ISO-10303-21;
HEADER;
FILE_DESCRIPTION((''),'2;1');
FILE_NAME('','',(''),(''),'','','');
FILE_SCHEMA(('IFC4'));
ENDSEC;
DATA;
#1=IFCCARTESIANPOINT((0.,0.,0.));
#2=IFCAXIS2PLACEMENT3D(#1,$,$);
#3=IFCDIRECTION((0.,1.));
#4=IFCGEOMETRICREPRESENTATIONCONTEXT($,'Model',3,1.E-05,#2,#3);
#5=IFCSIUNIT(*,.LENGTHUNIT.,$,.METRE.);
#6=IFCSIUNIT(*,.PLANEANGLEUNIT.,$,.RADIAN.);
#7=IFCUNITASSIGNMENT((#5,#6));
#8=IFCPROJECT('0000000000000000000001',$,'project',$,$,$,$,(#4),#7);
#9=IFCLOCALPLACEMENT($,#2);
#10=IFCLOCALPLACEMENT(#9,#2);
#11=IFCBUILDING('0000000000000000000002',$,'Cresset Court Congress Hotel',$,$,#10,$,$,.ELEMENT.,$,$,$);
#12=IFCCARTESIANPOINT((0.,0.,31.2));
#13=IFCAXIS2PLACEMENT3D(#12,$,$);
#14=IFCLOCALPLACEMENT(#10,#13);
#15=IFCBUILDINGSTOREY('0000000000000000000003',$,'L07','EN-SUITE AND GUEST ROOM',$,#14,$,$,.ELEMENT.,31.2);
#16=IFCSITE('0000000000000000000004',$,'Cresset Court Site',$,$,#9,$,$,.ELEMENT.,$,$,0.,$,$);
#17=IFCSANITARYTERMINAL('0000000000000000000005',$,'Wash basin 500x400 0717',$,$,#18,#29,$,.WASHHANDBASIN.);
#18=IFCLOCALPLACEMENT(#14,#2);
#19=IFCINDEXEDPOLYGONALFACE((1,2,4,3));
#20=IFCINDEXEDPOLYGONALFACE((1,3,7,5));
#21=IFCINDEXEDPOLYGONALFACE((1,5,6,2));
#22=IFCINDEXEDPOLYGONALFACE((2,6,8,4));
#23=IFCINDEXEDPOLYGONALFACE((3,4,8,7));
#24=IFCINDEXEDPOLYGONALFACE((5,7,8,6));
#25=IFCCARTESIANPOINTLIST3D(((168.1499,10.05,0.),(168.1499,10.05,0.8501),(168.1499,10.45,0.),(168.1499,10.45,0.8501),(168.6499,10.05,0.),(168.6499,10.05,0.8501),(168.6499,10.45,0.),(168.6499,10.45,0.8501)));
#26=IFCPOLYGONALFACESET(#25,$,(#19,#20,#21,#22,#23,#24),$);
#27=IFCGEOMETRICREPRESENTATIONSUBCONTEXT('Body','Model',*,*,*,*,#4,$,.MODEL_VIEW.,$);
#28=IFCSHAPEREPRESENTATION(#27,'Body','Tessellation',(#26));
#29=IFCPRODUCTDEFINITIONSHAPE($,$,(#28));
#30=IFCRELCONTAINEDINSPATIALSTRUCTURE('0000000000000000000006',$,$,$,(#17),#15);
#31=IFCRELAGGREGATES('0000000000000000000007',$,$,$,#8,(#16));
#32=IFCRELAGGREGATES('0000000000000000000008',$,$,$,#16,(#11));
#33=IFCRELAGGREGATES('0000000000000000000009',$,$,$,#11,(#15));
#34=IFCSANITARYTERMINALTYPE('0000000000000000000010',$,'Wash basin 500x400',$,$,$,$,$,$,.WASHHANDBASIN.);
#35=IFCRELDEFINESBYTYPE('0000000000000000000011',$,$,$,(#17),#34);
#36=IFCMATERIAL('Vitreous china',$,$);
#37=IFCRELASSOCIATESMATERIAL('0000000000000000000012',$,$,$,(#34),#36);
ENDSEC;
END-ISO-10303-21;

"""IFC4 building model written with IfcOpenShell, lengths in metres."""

from ifc_helpers import new_model, si_unit, direction, frame, origin, origin_2d, place, context, subcontext, project, spatial, rectangle, extrude, material, type_object, element, save


model = new_model("IFC4")

# Units and contexts
model_context = context("Model", 3, precision=1e-05, world=origin(), true_north=direction((0.0, 1.0)))
body_context = subcontext(model_context, "Body", "Model", "MODEL_VIEW")
ifc_project = project(units=[si_unit("LENGTHUNIT", "METRE"), si_unit("PLANEANGLEUNIT", "RADIAN")], contexts=[model_context])

# Site, building, storey
site_placement = place(None, origin())
site = spatial("IfcSite", under=ifc_project, at=site_placement, Name="Cresset Court Site", CompositionType="ELEMENT", RefElevation=0.0)
building_placement = place(site_placement, origin())
building = spatial("IfcBuilding", under=site, at=building_placement, Name="Cresset Court Congress Hotel", CompositionType="ELEMENT")
storey_placement = place(building_placement, frame((0.0, 0.0, 31.2)))
storey = spatial("IfcBuildingStorey", under=building, at=storey_placement, Name="L07", Description="EN-SUITE AND GUEST ROOM", CompositionType="ELEMENT", Elevation=31.2)

# Sanitary terminal
ifc_material_1 = material(Name="Vitreous china")
sanitary_terminal_type_1 = type_object("IfcSanitaryTerminalType", Name="Wash basin 500x400", PredefinedType="WASHHANDBASIN", material=ifc_material_1)
sanitary_terminal_1_placement = place(storey_placement, frame((168.3999, 10.25, 0.0), z_axis=(0.0, 0.0, 1.0), x_axis=(1.0, 0.0, 0.0)))
element("IfcSanitaryTerminal", 1, at=sanitary_terminal_1_placement, inside=storey, type_object=sanitary_terminal_type_1, Name="Wash basin 500x400 0717", PredefinedType="WASHHANDBASIN", context=body_context, shape_type="SweptSolid", body=[
    extrude(rectangle(XDim=0.5, YDim=0.3999, at=origin_2d()), origin(), (0.0, 0.0, 1.0), 0.8501),
])

save(model, "model.ifc")
